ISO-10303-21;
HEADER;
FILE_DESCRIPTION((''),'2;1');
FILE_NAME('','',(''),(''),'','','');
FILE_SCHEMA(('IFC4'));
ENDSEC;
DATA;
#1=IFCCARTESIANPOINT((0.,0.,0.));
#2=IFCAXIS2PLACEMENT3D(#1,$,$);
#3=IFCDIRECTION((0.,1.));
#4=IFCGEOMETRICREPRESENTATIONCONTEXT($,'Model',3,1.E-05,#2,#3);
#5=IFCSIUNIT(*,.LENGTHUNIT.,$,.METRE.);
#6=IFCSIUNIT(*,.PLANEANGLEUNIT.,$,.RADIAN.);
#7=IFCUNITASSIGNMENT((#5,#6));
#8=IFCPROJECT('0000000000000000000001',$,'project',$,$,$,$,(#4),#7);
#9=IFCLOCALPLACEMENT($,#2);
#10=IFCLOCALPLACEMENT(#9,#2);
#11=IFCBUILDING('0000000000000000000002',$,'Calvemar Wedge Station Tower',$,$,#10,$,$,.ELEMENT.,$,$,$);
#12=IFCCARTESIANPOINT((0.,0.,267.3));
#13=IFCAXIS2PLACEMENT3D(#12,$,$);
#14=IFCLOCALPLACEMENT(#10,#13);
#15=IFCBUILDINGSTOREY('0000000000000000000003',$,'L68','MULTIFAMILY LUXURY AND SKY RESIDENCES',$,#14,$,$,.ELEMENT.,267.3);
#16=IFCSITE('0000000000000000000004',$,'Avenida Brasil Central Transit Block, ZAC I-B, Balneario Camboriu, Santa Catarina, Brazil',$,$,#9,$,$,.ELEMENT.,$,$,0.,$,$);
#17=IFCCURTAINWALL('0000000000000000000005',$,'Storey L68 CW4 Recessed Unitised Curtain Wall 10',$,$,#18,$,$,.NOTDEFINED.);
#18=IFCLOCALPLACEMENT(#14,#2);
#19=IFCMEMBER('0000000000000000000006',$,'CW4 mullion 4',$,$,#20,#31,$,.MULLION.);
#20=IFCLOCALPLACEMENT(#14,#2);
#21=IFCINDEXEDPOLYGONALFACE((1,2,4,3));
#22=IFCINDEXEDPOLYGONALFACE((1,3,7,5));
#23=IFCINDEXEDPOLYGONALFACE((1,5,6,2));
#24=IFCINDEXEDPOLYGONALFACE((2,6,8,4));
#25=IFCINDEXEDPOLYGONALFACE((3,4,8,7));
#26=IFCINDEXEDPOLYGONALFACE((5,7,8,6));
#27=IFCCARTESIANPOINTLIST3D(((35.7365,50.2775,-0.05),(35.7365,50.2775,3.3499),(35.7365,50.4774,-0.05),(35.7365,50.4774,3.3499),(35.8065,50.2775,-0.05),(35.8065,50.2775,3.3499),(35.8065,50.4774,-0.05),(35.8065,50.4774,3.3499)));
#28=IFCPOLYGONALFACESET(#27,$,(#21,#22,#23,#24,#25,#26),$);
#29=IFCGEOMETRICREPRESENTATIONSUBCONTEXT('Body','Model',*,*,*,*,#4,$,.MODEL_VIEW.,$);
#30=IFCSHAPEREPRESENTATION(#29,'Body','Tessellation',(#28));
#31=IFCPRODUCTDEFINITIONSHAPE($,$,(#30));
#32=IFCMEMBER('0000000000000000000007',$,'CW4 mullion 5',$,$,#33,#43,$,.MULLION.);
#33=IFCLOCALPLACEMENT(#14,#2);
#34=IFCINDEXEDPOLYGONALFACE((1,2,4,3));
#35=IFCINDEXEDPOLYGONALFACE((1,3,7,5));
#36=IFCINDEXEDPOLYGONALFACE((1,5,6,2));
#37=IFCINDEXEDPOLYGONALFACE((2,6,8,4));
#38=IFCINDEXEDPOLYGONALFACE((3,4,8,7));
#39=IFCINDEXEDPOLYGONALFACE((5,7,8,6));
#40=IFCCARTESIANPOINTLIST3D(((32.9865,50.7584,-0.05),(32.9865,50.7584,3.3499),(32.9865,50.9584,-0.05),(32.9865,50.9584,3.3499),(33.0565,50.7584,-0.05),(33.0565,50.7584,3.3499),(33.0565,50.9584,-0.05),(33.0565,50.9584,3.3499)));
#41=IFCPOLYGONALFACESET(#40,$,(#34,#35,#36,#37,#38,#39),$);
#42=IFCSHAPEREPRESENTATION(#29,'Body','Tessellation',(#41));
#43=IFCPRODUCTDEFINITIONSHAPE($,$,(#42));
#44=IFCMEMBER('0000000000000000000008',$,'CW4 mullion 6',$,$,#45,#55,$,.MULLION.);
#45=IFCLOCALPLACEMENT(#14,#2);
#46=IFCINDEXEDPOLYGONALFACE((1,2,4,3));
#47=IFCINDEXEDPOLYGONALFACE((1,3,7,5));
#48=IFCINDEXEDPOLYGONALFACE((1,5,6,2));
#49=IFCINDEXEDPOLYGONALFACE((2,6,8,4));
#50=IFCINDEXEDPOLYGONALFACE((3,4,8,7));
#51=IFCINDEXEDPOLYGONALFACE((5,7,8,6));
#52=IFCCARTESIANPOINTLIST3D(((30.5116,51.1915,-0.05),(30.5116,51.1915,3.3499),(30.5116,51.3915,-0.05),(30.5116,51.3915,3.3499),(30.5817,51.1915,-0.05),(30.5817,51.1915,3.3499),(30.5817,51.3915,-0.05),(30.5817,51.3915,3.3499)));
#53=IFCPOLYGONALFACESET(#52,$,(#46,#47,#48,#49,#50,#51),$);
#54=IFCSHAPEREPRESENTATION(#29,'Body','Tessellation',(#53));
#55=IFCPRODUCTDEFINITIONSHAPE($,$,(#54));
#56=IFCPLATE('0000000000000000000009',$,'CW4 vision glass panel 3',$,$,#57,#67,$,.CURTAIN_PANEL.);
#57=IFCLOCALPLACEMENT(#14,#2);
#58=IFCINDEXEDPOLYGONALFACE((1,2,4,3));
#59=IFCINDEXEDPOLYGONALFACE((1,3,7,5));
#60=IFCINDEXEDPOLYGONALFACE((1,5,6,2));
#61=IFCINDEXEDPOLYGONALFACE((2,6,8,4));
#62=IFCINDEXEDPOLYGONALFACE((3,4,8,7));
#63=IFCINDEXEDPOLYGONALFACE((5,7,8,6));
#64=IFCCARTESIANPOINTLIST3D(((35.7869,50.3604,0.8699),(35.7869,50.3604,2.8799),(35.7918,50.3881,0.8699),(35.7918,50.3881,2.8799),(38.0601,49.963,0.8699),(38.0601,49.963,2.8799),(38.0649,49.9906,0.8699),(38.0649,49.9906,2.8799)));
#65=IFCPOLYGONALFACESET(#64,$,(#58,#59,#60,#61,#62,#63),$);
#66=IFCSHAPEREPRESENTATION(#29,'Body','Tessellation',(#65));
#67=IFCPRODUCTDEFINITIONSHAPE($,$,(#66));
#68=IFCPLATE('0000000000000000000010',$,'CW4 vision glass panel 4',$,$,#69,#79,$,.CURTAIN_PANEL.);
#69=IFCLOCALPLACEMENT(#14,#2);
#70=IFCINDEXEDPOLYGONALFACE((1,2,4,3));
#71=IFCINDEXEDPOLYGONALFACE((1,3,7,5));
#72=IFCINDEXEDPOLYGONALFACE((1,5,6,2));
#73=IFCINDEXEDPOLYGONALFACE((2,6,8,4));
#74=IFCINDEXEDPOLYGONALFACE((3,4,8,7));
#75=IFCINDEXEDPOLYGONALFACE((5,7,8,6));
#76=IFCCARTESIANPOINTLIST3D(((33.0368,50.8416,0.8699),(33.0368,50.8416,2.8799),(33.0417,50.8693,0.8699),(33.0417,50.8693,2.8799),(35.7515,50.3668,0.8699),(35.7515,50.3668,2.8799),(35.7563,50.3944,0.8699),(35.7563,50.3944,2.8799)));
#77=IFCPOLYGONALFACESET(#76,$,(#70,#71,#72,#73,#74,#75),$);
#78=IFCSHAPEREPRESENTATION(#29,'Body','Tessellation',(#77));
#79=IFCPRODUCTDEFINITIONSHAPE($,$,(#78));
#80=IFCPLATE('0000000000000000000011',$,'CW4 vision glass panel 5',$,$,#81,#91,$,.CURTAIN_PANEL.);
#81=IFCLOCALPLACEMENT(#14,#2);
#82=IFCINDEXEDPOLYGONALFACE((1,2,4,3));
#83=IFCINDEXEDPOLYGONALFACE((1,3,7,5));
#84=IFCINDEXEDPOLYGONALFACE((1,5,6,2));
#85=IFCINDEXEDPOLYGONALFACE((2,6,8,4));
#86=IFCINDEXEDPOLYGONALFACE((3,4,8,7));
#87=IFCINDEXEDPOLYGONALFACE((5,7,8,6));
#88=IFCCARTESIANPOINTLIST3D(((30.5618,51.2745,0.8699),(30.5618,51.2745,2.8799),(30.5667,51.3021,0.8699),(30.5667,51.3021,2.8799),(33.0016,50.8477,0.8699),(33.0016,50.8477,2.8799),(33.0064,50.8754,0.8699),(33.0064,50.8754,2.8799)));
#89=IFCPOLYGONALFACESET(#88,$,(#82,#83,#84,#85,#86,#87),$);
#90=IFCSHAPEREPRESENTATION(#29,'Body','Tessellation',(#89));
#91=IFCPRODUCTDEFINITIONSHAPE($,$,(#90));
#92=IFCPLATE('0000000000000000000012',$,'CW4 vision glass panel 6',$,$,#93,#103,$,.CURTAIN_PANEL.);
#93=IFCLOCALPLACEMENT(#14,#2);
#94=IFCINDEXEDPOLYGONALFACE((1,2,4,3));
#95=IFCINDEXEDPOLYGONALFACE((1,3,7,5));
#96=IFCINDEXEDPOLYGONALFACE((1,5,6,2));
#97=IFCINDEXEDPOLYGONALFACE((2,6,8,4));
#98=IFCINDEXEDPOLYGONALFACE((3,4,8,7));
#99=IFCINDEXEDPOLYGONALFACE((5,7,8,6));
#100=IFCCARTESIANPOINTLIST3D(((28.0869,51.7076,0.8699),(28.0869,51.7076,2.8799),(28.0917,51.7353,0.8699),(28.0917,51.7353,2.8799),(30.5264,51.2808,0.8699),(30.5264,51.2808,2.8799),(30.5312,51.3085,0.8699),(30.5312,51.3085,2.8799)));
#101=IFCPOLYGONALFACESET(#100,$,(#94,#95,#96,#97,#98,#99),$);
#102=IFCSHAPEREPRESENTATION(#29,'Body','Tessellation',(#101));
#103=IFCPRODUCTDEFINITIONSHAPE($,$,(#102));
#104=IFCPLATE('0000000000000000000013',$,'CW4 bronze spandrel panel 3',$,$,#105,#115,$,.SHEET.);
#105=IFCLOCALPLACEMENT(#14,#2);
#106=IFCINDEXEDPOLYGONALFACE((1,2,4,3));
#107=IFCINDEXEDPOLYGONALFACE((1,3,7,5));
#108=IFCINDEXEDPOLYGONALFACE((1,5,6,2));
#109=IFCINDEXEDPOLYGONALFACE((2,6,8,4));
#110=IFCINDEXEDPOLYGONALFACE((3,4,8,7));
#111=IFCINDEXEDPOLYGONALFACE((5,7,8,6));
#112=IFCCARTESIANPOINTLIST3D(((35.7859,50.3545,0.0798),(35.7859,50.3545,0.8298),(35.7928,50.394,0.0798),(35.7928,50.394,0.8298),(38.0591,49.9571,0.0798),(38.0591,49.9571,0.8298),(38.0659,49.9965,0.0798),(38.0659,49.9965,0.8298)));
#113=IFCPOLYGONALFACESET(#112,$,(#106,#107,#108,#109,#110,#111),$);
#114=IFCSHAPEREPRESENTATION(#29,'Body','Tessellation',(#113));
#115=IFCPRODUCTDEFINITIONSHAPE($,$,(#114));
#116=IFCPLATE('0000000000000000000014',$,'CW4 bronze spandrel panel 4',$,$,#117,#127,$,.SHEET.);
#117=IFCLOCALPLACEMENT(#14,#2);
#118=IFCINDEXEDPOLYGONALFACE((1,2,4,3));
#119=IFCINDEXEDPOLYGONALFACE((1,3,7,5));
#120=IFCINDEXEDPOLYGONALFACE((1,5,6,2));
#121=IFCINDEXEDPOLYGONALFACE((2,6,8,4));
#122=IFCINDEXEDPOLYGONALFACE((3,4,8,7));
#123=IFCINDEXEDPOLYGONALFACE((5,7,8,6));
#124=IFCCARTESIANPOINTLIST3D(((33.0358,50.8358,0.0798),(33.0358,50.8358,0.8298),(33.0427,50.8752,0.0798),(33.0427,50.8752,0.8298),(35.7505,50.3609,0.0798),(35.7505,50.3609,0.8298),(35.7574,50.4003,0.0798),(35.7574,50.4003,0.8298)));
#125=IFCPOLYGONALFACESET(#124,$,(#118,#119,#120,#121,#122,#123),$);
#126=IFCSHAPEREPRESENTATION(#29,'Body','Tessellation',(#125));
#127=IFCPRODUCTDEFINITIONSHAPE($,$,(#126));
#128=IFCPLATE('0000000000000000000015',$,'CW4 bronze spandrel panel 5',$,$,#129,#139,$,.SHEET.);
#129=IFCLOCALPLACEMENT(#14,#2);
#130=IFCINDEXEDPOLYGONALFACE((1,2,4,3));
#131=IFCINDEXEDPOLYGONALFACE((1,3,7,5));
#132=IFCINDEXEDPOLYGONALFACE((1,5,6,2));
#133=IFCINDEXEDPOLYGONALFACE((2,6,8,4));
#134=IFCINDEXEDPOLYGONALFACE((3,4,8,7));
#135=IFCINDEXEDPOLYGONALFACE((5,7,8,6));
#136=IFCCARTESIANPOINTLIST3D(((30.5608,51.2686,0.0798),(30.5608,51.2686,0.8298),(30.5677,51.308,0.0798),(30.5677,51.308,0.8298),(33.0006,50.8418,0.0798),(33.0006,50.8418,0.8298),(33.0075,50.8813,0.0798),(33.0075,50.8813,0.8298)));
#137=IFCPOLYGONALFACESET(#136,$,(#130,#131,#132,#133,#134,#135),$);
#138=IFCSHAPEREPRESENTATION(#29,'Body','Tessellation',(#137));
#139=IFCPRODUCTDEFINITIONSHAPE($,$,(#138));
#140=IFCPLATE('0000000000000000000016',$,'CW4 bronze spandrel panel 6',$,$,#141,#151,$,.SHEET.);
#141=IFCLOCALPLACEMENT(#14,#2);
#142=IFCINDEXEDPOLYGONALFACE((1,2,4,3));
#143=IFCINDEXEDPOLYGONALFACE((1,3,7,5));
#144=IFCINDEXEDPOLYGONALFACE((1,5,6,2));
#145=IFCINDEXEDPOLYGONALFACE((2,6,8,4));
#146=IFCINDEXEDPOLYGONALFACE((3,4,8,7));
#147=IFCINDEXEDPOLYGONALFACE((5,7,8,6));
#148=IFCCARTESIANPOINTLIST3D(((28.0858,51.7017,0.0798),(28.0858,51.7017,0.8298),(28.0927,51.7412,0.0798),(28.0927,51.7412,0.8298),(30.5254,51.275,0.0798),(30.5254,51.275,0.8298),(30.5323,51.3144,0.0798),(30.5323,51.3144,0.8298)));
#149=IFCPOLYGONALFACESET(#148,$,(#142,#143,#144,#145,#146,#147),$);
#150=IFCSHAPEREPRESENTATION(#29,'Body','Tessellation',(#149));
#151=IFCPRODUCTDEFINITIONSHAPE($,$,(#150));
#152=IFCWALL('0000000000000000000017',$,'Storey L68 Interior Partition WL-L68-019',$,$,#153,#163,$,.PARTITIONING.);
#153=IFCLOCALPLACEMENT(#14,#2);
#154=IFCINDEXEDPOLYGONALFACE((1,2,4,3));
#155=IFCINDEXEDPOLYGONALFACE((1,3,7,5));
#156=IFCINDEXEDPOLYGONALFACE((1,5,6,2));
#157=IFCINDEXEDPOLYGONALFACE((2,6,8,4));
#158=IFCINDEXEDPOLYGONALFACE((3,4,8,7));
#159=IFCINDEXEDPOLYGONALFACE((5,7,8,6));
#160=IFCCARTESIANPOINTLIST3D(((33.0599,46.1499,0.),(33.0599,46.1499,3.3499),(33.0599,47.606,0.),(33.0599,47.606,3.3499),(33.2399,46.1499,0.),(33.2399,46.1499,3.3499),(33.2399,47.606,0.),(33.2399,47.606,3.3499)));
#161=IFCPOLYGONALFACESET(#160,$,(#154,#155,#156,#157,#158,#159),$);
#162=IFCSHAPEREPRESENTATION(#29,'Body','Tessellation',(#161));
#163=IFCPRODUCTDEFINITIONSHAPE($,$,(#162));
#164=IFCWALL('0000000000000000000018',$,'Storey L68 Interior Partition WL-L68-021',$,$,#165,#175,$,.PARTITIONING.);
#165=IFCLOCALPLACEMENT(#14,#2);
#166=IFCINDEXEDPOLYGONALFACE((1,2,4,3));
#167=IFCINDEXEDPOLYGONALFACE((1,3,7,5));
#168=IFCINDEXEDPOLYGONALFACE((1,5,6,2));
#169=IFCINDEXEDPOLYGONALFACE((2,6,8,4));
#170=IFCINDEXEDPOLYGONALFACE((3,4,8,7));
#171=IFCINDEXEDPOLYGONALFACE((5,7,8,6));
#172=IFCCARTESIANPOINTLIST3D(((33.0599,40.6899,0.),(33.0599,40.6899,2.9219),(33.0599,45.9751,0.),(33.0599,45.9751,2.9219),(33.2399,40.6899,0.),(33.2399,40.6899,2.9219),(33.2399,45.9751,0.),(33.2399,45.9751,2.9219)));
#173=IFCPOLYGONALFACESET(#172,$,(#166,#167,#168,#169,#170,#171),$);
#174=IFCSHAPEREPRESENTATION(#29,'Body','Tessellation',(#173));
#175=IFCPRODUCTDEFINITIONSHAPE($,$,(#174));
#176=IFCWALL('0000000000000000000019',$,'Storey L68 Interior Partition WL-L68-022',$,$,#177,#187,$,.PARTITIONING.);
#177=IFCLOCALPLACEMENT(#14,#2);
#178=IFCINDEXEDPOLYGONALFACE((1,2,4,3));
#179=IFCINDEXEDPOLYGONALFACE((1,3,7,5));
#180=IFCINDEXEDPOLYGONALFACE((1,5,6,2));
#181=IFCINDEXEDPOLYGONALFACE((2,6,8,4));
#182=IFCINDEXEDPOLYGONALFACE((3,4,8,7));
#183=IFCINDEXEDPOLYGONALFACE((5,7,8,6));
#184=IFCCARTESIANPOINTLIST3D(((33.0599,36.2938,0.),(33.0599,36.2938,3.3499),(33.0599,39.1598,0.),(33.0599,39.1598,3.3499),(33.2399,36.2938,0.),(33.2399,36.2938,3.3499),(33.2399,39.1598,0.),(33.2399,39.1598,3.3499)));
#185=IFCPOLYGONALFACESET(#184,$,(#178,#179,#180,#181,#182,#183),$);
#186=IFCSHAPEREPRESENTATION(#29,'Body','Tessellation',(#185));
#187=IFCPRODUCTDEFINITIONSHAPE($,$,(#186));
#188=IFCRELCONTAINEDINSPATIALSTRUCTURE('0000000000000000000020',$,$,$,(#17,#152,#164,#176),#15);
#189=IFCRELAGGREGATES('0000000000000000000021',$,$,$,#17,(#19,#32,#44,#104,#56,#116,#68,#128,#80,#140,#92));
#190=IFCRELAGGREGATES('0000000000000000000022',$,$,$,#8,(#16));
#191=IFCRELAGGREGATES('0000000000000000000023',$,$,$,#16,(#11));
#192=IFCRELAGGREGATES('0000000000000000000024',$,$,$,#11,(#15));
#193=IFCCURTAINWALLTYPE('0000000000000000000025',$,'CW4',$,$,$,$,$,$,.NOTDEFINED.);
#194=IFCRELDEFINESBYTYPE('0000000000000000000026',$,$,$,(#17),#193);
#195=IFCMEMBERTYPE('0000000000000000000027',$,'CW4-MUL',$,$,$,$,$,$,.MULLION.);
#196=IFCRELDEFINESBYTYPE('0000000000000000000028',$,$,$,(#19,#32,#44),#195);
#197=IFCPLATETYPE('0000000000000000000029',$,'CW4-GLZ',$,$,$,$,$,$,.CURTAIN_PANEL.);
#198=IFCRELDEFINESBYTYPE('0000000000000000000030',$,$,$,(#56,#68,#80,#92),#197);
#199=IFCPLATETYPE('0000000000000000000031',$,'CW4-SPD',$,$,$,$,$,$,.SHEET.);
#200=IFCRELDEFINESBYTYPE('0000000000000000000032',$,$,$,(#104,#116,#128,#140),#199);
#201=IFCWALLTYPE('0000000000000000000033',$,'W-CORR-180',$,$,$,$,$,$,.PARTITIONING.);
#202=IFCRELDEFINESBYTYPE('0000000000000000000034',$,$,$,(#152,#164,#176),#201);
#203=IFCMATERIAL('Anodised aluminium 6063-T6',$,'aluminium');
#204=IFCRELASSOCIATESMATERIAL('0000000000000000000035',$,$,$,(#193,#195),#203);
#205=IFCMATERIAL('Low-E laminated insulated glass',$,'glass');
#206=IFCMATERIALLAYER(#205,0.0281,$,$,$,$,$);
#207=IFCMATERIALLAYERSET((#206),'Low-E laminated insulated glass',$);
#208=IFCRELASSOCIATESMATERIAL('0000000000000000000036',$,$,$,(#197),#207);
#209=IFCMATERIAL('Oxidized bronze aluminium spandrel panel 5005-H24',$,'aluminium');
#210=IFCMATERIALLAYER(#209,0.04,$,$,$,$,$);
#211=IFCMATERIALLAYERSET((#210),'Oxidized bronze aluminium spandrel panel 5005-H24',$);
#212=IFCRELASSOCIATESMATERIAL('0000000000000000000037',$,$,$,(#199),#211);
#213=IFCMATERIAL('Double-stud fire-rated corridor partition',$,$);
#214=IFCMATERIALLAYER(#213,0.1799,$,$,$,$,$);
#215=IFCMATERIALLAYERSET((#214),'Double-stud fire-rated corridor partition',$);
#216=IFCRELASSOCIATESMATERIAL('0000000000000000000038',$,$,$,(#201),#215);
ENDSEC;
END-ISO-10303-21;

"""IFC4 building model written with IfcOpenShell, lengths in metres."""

from ifc_helpers import new_model, si_unit, direction, frame, frame_2d, origin, origin_2d, place, context, subcontext, project, spatial, rectangle, extrude, source, transform, mapped, material, layer, layer_set, material_profile, profile_set, type_object, element, aggregate, save


model = new_model("IFC4")

# Units and contexts
model_context = context("Model", 3, precision=1e-05, world=origin(), true_north=direction((0.0, 1.0)))
body_context = subcontext(model_context, "Body", "Model", "MODEL_VIEW")
ifc_project = project(units=[si_unit("LENGTHUNIT", "METRE"), si_unit("PLANEANGLEUNIT", "RADIAN")], contexts=[model_context])

# Site, building, storey
site_placement = place(None, origin())
site = spatial("IfcSite", under=ifc_project, at=site_placement, Name="Avenida Brasil Central Transit Block, ZAC I-B, Balneario Camboriu, Santa Catarina, Brazil", CompositionType="ELEMENT", RefElevation=0.0)
building_placement = place(site_placement, origin())
building = spatial("IfcBuilding", under=site, at=building_placement, Name="Calvemar Wedge Station Tower", CompositionType="ELEMENT")
storey_placement = place(building_placement, frame((0.0, 0.0, 267.3)))
storey = spatial("IfcBuildingStorey", under=building, at=storey_placement, Name="L68", Description="MULTIFAMILY LUXURY AND SKY RESIDENCES", CompositionType="ELEMENT", Elevation=267.3)

# Curtain wall, members, plates
ifc_material_1 = material(Name="Anodised aluminium 6063-T6", Category="aluminium")
curtain_wall_type = type_object("IfcCurtainWallType", Name="CW4", PredefinedType="NOTDEFINED", material=ifc_material_1)
curtain_wall_placement = place(storey_placement, origin())
curtain_wall = element("IfcCurtainWall", 1, at=curtain_wall_placement, inside=storey, type_object=curtain_wall_type, Name="Storey L68 CW4 Recessed Unitised Curtain Wall 10", PredefinedType="NOTDEFINED")
ifc_material_profile_1 = material_profile(ifc_material_1, rectangle(XDim=0.0701, YDim=0.2, at=origin_2d()), Name="AL-MUL-70x200")
ifc_profile_set_1 = profile_set([ifc_material_profile_1], Name="Anodised aluminium 6063-T6")
member_type = type_object("IfcMemberType", Name="CW4-MUL", PredefinedType="MULLION", material=ifc_profile_set_1)
shared_shape_1 = source(origin(), body_context, "Body", "SweptSolid", [
    extrude(rectangle(XDim=0.0701, YDim=0.2, at=origin_2d()), origin(), (0.0, 0.0, 1.0), 3.3999),
])
member_1_placement = place(storey_placement, frame((35.7715, 50.3774, -0.05), z_axis=(0.0, 0.0, 1.0), x_axis=(1.0, 0.0, 0.0)))
member_1 = element("IfcMember", 2, at=member_1_placement, type_object=member_type, Name="CW4 mullion 4", PredefinedType="MULLION", context=body_context, shape_type="MappedRepresentation", body=[
    mapped(shared_shape_1, transform((0.0, 0.0, 0.0), scale=1.0)),
])
member_2_placement = place(storey_placement, frame((33.0215, 50.8584, -0.05), z_axis=(0.0, 0.0, 1.0), x_axis=(1.0, 0.0, 0.0)))
member_2 = element("IfcMember", 3, at=member_2_placement, type_object=member_type, Name="CW4 mullion 5", PredefinedType="MULLION", context=body_context, shape_type="MappedRepresentation", body=[
    mapped(shared_shape_1, transform((0.0, 0.0, 0.0), scale=1.0)),
])
member_3_placement = place(storey_placement, frame((30.5466, 51.2915, -0.05), z_axis=(0.0, 0.0, 1.0), x_axis=(1.0, 0.0, 0.0)))
member_3 = element("IfcMember", 4, at=member_3_placement, type_object=member_type, Name="CW4 mullion 6", PredefinedType="MULLION", context=body_context, shape_type="MappedRepresentation", body=[
    mapped(shared_shape_1, transform((0.0, 0.0, 0.0), scale=1.0)),
])
ifc_material_2 = material(Name="Low-E laminated insulated glass", Category="glass")
ifc_layer_1 = layer(ifc_material_2, 0.0281)
ifc_layer_set_1 = layer_set([ifc_layer_1], Name="Low-E laminated insulated glass")
plate_type_1 = type_object("IfcPlateType", Name="CW4-GLZ", PredefinedType="CURTAIN_PANEL", material=ifc_layer_set_1)
plate_1_placement = place(storey_placement, frame((38.0625, 49.9768, 0.8699), z_axis=(0.0, 0.0, 1.0), x_axis=(-0.985056, 0.172234, 0.0)))
plate_1 = element("IfcPlate", 5, at=plate_1_placement, type_object=plate_type_1, Name="CW4 vision glass panel 3", PredefinedType="CURTAIN_PANEL", context=body_context, shape_type="SweptSolid", body=[
    extrude(rectangle(XDim=2.3076, YDim=0.0281, at=frame_2d((1.1538, 0.0))), origin(), (0.0, 0.0, 1.0), 2.01),
])
plate_2_placement = place(storey_placement, frame((35.7539, 50.3806, 0.8699), z_axis=(0.0, 0.0, 1.0), x_axis=(-0.985043, 0.172309, 0.0)))
plate_2 = element("IfcPlate", 6, at=plate_2_placement, type_object=plate_type_1, Name="CW4 vision glass panel 4", PredefinedType="CURTAIN_PANEL", context=body_context, shape_type="SweptSolid", body=[
    extrude(rectangle(XDim=2.7559, YDim=0.0281, at=frame_2d((1.3779, 0.0))), origin(), (0.0, 0.0, 1.0), 2.01),
])
plate_3_placement = place(storey_placement, frame((33.0039, 50.8616, 0.8699), z_axis=(0.0, 0.0, 1.0), x_axis=(-0.985043, 0.172306, 0.0)))
plate_3 = element("IfcPlate", 7, at=plate_3_placement, type_object=plate_type_1, Name="CW4 vision glass panel 5", PredefinedType="CURTAIN_PANEL", context=body_context, shape_type="SweptSolid", body=[
    extrude(rectangle(XDim=2.4768, YDim=0.0281, at=frame_2d((1.2383, 0.0))), origin(), (0.0, 0.0, 1.0), 2.01),
])
plate_4_placement = place(storey_placement, frame((30.5288, 51.2947, 0.8699), z_axis=(0.0, 0.0, 1.0), x_axis=(-0.985041, 0.172323, 0.0)))
plate_4 = element("IfcPlate", 8, at=plate_4_placement, type_object=plate_type_1, Name="CW4 vision glass panel 6", PredefinedType="CURTAIN_PANEL", context=body_context, shape_type="SweptSolid", body=[
    extrude(rectangle(XDim=2.4766, YDim=0.0281, at=frame_2d((1.2383, 0.0))), origin(), (0.0, 0.0, 1.0), 2.01),
])
ifc_material_3 = material(Name="Oxidized bronze aluminium spandrel panel 5005-H24", Category="aluminium")
ifc_layer_2 = layer(ifc_material_3, 0.04)
ifc_layer_set_2 = layer_set([ifc_layer_2], Name="Oxidized bronze aluminium spandrel panel 5005-H24")
plate_type_2 = type_object("IfcPlateType", Name="CW4-SPD", PredefinedType="SHEET", material=ifc_layer_set_2)
plate_5_placement = place(storey_placement, frame((38.0625, 49.9768, 0.0798), z_axis=(0.0, 0.0, 1.0), x_axis=(-0.985056, 0.172234, 0.0)))
plate_5 = element("IfcPlate", 9, at=plate_5_placement, type_object=plate_type_2, Name="CW4 bronze spandrel panel 3", PredefinedType="SHEET", context=body_context, shape_type="SweptSolid", body=[
    extrude(rectangle(XDim=2.3076, YDim=0.04, at=frame_2d((1.1538, 0.0))), origin(), (0.0, 0.0, 1.0), 0.75),
])
plate_6_placement = place(storey_placement, frame((35.7539, 50.3806, 0.0798), z_axis=(0.0, 0.0, 1.0), x_axis=(-0.985043, 0.172309, 0.0)))
plate_6 = element("IfcPlate", 10, at=plate_6_placement, type_object=plate_type_2, Name="CW4 bronze spandrel panel 4", PredefinedType="SHEET", context=body_context, shape_type="SweptSolid", body=[
    extrude(rectangle(XDim=2.7559, YDim=0.04, at=frame_2d((1.3779, 0.0))), origin(), (0.0, 0.0, 1.0), 0.75),
])
plate_7_placement = place(storey_placement, frame((33.0039, 50.8616, 0.0798), z_axis=(0.0, 0.0, 1.0), x_axis=(-0.985043, 0.172306, 0.0)))
plate_7 = element("IfcPlate", 11, at=plate_7_placement, type_object=plate_type_2, Name="CW4 bronze spandrel panel 5", PredefinedType="SHEET", context=body_context, shape_type="SweptSolid", body=[
    extrude(rectangle(XDim=2.4768, YDim=0.04, at=frame_2d((1.2383, 0.0))), origin(), (0.0, 0.0, 1.0), 0.75),
])
plate_8_placement = place(storey_placement, frame((30.5288, 51.2947, 0.0798), z_axis=(0.0, 0.0, 1.0), x_axis=(-0.985041, 0.172323, 0.0)))
plate_8 = element("IfcPlate", 12, at=plate_8_placement, type_object=plate_type_2, Name="CW4 bronze spandrel panel 6", PredefinedType="SHEET", context=body_context, shape_type="SweptSolid", body=[
    extrude(rectangle(XDim=2.4766, YDim=0.04, at=frame_2d((1.2383, 0.0))), origin(), (0.0, 0.0, 1.0), 0.75),
])
aggregate(curtain_wall, [member_1, member_2, member_3, plate_5, plate_1, plate_6, plate_2, plate_7, plate_3, plate_8, plate_4])

# Walls
ifc_material_4 = material(Name="Double-stud fire-rated corridor partition")
ifc_layer_3 = layer(ifc_material_4, 0.1799)
ifc_layer_set_3 = layer_set([ifc_layer_3], Name="Double-stud fire-rated corridor partition")
wall_type_1 = type_object("IfcWallType", Name="W-CORR-180", PredefinedType="PARTITIONING", material=ifc_layer_set_3)
wall_1_placement = place(storey_placement, frame((33.1499, 47.606, 0.0), z_axis=(0.0, 0.0, 1.0), x_axis=(0.0, -1.0, 0.0)))
element("IfcWall", 13, at=wall_1_placement, inside=storey, type_object=wall_type_1, Name="Storey L68 Interior Partition WL-L68-019", PredefinedType="PARTITIONING", context=body_context, shape_type="SweptSolid", body=[
    extrude(rectangle(XDim=1.4561, YDim=0.1799, at=frame_2d((0.728, 0.0))), origin(), (0.0, 0.0, 1.0), 3.3499),
])
wall_2_placement = place(storey_placement, frame((33.1499, 45.9751, 0.0), z_axis=(0.0, 0.0, 1.0), x_axis=(0.0, -1.0, 0.0)))
element("IfcWall", 14, at=wall_2_placement, inside=storey, type_object=wall_type_1, Name="Storey L68 Interior Partition WL-L68-021", PredefinedType="PARTITIONING", context=body_context, shape_type="SweptSolid", body=[
    extrude(rectangle(XDim=5.2852, YDim=0.1799, at=frame_2d((2.6426, 0.0))), origin(), (0.0, 0.0, 1.0), 2.9219),
])
wall_3_placement = place(storey_placement, frame((33.1499, 39.1599, 0.0), z_axis=(0.0, 0.0, 1.0), x_axis=(0.0, -1.0, 0.0)))
element("IfcWall", 15, at=wall_3_placement, inside=storey, type_object=wall_type_1, Name="Storey L68 Interior Partition WL-L68-022", PredefinedType="PARTITIONING", context=body_context, shape_type="SweptSolid", body=[
    extrude(rectangle(XDim=2.866, YDim=0.1799, at=frame_2d((1.4331, 0.0))), origin(), (0.0, 0.0, 1.0), 3.3499),
])

save(model, "model.ifc")
